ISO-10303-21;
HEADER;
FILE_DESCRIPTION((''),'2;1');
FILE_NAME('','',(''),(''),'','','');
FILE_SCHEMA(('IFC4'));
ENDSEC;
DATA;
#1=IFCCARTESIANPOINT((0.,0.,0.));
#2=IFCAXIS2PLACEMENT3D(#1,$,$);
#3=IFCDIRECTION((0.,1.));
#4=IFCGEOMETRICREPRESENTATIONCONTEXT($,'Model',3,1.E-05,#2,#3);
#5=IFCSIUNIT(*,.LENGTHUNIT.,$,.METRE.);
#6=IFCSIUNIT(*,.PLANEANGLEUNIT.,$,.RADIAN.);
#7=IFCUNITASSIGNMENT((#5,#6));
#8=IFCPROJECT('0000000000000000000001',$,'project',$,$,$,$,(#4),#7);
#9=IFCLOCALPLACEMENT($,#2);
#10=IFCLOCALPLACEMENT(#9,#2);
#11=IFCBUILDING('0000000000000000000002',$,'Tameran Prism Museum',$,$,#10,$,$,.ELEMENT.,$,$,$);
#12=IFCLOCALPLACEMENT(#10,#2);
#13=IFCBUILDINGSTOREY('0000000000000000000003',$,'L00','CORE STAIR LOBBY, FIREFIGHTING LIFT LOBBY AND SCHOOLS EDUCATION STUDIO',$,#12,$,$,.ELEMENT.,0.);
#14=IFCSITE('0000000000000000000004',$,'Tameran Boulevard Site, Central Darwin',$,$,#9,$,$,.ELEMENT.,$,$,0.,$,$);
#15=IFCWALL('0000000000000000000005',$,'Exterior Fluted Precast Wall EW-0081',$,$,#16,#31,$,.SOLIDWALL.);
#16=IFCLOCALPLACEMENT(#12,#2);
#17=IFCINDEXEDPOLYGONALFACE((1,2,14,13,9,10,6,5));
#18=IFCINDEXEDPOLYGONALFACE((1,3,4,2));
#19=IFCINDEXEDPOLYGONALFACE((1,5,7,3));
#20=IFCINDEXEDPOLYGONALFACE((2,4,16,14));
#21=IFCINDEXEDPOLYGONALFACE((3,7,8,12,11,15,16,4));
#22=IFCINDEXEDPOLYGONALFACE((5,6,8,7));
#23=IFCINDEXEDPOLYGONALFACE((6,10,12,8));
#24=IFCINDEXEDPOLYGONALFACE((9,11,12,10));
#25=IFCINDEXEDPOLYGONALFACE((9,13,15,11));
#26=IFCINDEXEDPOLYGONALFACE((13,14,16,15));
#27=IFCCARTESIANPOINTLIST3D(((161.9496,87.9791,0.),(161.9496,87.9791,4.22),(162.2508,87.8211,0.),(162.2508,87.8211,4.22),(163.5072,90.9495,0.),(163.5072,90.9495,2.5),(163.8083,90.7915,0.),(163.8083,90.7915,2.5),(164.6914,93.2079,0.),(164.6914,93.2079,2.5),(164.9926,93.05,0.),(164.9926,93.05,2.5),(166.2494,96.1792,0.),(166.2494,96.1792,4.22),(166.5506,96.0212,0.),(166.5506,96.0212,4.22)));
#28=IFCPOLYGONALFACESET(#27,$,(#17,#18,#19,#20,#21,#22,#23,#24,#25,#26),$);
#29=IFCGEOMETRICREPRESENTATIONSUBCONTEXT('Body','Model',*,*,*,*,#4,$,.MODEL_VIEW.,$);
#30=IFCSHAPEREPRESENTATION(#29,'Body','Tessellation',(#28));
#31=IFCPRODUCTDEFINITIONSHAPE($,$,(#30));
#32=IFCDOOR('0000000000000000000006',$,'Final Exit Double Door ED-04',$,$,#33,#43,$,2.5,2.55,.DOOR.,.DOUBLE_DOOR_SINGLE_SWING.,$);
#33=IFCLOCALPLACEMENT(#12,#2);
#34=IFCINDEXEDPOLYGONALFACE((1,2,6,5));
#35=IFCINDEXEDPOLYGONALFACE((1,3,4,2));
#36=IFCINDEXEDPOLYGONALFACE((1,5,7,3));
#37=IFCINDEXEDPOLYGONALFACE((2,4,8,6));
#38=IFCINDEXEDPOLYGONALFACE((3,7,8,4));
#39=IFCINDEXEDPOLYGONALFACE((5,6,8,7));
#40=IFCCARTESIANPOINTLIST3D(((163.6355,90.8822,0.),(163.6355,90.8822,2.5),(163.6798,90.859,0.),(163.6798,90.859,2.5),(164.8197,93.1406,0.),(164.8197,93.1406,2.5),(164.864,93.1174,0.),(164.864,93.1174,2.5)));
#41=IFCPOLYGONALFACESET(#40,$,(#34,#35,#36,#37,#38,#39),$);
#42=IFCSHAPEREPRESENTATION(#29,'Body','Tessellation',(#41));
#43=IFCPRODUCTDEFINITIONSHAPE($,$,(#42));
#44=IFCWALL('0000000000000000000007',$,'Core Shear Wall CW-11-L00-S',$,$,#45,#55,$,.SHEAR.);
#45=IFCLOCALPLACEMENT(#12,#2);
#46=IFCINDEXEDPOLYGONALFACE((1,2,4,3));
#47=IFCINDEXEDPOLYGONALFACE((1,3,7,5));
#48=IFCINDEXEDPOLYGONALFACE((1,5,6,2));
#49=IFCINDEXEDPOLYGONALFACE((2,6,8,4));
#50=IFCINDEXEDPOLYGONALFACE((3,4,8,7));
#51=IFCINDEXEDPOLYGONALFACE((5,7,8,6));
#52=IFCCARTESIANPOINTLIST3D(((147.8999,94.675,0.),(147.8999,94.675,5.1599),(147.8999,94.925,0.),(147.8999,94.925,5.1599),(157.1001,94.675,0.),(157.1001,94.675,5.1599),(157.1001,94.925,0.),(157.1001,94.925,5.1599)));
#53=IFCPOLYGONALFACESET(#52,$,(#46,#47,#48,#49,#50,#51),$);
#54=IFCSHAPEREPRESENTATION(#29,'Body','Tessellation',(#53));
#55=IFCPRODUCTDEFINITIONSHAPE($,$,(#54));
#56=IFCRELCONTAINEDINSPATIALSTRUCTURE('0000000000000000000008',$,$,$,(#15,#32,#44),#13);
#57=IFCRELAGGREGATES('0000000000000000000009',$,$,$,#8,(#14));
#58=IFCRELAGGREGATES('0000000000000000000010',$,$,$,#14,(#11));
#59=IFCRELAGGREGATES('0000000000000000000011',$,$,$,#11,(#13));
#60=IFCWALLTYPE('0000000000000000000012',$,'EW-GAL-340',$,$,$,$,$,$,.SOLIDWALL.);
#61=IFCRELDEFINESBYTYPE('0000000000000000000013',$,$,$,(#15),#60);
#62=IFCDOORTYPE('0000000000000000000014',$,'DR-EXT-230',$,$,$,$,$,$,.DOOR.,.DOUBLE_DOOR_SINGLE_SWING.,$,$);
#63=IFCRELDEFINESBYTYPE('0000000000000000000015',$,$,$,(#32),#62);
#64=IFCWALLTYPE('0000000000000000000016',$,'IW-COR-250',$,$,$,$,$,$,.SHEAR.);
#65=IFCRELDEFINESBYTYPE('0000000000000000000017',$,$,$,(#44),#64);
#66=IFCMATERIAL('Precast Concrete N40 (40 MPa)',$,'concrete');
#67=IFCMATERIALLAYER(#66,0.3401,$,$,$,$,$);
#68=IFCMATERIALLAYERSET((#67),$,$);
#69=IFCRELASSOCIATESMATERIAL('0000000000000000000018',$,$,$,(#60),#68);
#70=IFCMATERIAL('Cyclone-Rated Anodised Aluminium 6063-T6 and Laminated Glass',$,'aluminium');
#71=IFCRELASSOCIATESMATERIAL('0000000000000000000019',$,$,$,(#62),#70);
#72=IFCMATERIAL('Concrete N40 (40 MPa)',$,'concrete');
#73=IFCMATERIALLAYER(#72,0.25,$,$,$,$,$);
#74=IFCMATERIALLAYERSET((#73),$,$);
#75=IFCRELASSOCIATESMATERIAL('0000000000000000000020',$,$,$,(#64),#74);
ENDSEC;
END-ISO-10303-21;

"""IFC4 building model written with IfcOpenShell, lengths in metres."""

from ifc_helpers import new_model, si_unit, direction, frame, frame_2d, origin, place, context, subcontext, project, spatial, rectangle, extrude, material, layer, layer_set, type_object, element, fill, save


model = new_model("IFC4")

# Units and contexts
model_context = context("Model", 3, precision=1e-05, world=origin(), true_north=direction((0.0, 1.0)))
body_context = subcontext(model_context, "Body", "Model", "MODEL_VIEW")
ifc_project = project(units=[si_unit("LENGTHUNIT", "METRE"), si_unit("PLANEANGLEUNIT", "RADIAN")], contexts=[model_context])

# Site, building, storey
site_placement = place(None, origin())
site = spatial("IfcSite", under=ifc_project, at=site_placement, Name="Tameran Boulevard Site, Central Darwin", CompositionType="ELEMENT", RefElevation=0.0)
building_placement = place(site_placement, origin())
building = spatial("IfcBuilding", under=site, at=building_placement, Name="Tameran Prism Museum", CompositionType="ELEMENT")
storey_placement = place(building_placement, origin())
storey = spatial("IfcBuildingStorey", under=building, at=storey_placement, Name="L00", Description="CORE STAIR LOBBY, FIREFIGHTING LIFT LOBBY AND SCHOOLS EDUCATION STUDIO", CompositionType="ELEMENT", Elevation=0.0)

# Wall, opening, door
ifc_material_1 = material(Name="Precast Concrete N40 (40 MPa)", Category="concrete")
ifc_layer_1 = layer(ifc_material_1, 0.3401)
ifc_layer_set_1 = layer_set([ifc_layer_1])
wall_type_1 = type_object("IfcWallType", Name="EW-GAL-340", PredefinedType="SOLIDWALL", material=ifc_layer_set_1)
wall_1_placement = place(storey_placement, frame((166.3999, 96.1001, 0.0), z_axis=(0.0, 0.0, 1.0), x_axis=(-0.464385, -0.885633, 0.0)))
wall_1 = element("IfcWall", 1, at=wall_1_placement, inside=storey, type_object=wall_type_1, Name="Exterior Fluted Precast Wall EW-0081", PredefinedType="SOLIDWALL", context=body_context, shape_type="SweptSolid", body=[
    extrude(rectangle(XDim=9.259, YDim=0.3401, at=frame_2d((4.6294, 0.0))), origin(), (0.0, 0.0, 1.0), 4.22),
])
opening_placement = place(wall_1_placement, frame((3.355, 0.0, 0.0)))
opening = element("IfcOpeningElement", 2, at=opening_placement, cuts=wall_1, PredefinedType="OPENING", context=body_context, shape_type="SweptSolid", body=[
    extrude(rectangle(XDim=2.55, YDim=2.5, at=frame_2d((1.2749, 1.25))), frame((0.0, 0.1799, 0.0), z_axis=(0.0, -1.0, 0.0), x_axis=(1.0, 0.0, 0.0)), (0.0, 0.0, 1.0), 0.3601),
])
ifc_material_2 = material(Name="Cyclone-Rated Anodised Aluminium 6063-T6 and Laminated Glass", Category="aluminium")
door_type = type_object("IfcDoorType", Name="DR-EXT-230", OperationType="DOUBLE_DOOR_SINGLE_SWING", PredefinedType="DOOR", material=ifc_material_2)
door_placement = place(opening_placement, origin())
door = element("IfcDoor", 3, at=door_placement, inside=storey, type_object=door_type, Name="Final Exit Double Door ED-04", OperationType="DOUBLE_DOOR_SINGLE_SWING", OverallHeight=2.5, OverallWidth=2.55, PredefinedType="DOOR", context=body_context, shape_type="SweptSolid", body=[
    extrude(rectangle(XDim=2.55, YDim=2.5, at=frame_2d((1.2749, 1.25))), frame((0.0, 0.0249, 0.0), z_axis=(0.0, -1.0, 0.0), x_axis=(1.0, 0.0, 0.0)), (0.0, 0.0, 1.0), 0.05),
])
fill(opening, door)

# Wall
ifc_material_3 = material(Name="Concrete N40 (40 MPa)", Category="concrete")
ifc_layer_2 = layer(ifc_material_3, 0.25)
ifc_layer_set_2 = layer_set([ifc_layer_2])
wall_type_2 = type_object("IfcWallType", Name="IW-COR-250", PredefinedType="SHEAR", material=ifc_layer_set_2)
wall_2_placement = place(storey_placement, frame((157.1001, 94.8, 0.0), z_axis=(0.0, 0.0, 1.0), x_axis=(-1.0, 0.0, 0.0)))
element("IfcWall", 4, at=wall_2_placement, inside=storey, type_object=wall_type_2, Name="Core Shear Wall CW-11-L00-S", PredefinedType="SHEAR", context=body_context, shape_type="SweptSolid", body=[
    extrude(rectangle(XDim=9.2002, YDim=0.25, at=frame_2d((4.6001, 0.0))), origin(), (0.0, 0.0, 1.0), 5.1599),
])

save(model, "model.ifc")
